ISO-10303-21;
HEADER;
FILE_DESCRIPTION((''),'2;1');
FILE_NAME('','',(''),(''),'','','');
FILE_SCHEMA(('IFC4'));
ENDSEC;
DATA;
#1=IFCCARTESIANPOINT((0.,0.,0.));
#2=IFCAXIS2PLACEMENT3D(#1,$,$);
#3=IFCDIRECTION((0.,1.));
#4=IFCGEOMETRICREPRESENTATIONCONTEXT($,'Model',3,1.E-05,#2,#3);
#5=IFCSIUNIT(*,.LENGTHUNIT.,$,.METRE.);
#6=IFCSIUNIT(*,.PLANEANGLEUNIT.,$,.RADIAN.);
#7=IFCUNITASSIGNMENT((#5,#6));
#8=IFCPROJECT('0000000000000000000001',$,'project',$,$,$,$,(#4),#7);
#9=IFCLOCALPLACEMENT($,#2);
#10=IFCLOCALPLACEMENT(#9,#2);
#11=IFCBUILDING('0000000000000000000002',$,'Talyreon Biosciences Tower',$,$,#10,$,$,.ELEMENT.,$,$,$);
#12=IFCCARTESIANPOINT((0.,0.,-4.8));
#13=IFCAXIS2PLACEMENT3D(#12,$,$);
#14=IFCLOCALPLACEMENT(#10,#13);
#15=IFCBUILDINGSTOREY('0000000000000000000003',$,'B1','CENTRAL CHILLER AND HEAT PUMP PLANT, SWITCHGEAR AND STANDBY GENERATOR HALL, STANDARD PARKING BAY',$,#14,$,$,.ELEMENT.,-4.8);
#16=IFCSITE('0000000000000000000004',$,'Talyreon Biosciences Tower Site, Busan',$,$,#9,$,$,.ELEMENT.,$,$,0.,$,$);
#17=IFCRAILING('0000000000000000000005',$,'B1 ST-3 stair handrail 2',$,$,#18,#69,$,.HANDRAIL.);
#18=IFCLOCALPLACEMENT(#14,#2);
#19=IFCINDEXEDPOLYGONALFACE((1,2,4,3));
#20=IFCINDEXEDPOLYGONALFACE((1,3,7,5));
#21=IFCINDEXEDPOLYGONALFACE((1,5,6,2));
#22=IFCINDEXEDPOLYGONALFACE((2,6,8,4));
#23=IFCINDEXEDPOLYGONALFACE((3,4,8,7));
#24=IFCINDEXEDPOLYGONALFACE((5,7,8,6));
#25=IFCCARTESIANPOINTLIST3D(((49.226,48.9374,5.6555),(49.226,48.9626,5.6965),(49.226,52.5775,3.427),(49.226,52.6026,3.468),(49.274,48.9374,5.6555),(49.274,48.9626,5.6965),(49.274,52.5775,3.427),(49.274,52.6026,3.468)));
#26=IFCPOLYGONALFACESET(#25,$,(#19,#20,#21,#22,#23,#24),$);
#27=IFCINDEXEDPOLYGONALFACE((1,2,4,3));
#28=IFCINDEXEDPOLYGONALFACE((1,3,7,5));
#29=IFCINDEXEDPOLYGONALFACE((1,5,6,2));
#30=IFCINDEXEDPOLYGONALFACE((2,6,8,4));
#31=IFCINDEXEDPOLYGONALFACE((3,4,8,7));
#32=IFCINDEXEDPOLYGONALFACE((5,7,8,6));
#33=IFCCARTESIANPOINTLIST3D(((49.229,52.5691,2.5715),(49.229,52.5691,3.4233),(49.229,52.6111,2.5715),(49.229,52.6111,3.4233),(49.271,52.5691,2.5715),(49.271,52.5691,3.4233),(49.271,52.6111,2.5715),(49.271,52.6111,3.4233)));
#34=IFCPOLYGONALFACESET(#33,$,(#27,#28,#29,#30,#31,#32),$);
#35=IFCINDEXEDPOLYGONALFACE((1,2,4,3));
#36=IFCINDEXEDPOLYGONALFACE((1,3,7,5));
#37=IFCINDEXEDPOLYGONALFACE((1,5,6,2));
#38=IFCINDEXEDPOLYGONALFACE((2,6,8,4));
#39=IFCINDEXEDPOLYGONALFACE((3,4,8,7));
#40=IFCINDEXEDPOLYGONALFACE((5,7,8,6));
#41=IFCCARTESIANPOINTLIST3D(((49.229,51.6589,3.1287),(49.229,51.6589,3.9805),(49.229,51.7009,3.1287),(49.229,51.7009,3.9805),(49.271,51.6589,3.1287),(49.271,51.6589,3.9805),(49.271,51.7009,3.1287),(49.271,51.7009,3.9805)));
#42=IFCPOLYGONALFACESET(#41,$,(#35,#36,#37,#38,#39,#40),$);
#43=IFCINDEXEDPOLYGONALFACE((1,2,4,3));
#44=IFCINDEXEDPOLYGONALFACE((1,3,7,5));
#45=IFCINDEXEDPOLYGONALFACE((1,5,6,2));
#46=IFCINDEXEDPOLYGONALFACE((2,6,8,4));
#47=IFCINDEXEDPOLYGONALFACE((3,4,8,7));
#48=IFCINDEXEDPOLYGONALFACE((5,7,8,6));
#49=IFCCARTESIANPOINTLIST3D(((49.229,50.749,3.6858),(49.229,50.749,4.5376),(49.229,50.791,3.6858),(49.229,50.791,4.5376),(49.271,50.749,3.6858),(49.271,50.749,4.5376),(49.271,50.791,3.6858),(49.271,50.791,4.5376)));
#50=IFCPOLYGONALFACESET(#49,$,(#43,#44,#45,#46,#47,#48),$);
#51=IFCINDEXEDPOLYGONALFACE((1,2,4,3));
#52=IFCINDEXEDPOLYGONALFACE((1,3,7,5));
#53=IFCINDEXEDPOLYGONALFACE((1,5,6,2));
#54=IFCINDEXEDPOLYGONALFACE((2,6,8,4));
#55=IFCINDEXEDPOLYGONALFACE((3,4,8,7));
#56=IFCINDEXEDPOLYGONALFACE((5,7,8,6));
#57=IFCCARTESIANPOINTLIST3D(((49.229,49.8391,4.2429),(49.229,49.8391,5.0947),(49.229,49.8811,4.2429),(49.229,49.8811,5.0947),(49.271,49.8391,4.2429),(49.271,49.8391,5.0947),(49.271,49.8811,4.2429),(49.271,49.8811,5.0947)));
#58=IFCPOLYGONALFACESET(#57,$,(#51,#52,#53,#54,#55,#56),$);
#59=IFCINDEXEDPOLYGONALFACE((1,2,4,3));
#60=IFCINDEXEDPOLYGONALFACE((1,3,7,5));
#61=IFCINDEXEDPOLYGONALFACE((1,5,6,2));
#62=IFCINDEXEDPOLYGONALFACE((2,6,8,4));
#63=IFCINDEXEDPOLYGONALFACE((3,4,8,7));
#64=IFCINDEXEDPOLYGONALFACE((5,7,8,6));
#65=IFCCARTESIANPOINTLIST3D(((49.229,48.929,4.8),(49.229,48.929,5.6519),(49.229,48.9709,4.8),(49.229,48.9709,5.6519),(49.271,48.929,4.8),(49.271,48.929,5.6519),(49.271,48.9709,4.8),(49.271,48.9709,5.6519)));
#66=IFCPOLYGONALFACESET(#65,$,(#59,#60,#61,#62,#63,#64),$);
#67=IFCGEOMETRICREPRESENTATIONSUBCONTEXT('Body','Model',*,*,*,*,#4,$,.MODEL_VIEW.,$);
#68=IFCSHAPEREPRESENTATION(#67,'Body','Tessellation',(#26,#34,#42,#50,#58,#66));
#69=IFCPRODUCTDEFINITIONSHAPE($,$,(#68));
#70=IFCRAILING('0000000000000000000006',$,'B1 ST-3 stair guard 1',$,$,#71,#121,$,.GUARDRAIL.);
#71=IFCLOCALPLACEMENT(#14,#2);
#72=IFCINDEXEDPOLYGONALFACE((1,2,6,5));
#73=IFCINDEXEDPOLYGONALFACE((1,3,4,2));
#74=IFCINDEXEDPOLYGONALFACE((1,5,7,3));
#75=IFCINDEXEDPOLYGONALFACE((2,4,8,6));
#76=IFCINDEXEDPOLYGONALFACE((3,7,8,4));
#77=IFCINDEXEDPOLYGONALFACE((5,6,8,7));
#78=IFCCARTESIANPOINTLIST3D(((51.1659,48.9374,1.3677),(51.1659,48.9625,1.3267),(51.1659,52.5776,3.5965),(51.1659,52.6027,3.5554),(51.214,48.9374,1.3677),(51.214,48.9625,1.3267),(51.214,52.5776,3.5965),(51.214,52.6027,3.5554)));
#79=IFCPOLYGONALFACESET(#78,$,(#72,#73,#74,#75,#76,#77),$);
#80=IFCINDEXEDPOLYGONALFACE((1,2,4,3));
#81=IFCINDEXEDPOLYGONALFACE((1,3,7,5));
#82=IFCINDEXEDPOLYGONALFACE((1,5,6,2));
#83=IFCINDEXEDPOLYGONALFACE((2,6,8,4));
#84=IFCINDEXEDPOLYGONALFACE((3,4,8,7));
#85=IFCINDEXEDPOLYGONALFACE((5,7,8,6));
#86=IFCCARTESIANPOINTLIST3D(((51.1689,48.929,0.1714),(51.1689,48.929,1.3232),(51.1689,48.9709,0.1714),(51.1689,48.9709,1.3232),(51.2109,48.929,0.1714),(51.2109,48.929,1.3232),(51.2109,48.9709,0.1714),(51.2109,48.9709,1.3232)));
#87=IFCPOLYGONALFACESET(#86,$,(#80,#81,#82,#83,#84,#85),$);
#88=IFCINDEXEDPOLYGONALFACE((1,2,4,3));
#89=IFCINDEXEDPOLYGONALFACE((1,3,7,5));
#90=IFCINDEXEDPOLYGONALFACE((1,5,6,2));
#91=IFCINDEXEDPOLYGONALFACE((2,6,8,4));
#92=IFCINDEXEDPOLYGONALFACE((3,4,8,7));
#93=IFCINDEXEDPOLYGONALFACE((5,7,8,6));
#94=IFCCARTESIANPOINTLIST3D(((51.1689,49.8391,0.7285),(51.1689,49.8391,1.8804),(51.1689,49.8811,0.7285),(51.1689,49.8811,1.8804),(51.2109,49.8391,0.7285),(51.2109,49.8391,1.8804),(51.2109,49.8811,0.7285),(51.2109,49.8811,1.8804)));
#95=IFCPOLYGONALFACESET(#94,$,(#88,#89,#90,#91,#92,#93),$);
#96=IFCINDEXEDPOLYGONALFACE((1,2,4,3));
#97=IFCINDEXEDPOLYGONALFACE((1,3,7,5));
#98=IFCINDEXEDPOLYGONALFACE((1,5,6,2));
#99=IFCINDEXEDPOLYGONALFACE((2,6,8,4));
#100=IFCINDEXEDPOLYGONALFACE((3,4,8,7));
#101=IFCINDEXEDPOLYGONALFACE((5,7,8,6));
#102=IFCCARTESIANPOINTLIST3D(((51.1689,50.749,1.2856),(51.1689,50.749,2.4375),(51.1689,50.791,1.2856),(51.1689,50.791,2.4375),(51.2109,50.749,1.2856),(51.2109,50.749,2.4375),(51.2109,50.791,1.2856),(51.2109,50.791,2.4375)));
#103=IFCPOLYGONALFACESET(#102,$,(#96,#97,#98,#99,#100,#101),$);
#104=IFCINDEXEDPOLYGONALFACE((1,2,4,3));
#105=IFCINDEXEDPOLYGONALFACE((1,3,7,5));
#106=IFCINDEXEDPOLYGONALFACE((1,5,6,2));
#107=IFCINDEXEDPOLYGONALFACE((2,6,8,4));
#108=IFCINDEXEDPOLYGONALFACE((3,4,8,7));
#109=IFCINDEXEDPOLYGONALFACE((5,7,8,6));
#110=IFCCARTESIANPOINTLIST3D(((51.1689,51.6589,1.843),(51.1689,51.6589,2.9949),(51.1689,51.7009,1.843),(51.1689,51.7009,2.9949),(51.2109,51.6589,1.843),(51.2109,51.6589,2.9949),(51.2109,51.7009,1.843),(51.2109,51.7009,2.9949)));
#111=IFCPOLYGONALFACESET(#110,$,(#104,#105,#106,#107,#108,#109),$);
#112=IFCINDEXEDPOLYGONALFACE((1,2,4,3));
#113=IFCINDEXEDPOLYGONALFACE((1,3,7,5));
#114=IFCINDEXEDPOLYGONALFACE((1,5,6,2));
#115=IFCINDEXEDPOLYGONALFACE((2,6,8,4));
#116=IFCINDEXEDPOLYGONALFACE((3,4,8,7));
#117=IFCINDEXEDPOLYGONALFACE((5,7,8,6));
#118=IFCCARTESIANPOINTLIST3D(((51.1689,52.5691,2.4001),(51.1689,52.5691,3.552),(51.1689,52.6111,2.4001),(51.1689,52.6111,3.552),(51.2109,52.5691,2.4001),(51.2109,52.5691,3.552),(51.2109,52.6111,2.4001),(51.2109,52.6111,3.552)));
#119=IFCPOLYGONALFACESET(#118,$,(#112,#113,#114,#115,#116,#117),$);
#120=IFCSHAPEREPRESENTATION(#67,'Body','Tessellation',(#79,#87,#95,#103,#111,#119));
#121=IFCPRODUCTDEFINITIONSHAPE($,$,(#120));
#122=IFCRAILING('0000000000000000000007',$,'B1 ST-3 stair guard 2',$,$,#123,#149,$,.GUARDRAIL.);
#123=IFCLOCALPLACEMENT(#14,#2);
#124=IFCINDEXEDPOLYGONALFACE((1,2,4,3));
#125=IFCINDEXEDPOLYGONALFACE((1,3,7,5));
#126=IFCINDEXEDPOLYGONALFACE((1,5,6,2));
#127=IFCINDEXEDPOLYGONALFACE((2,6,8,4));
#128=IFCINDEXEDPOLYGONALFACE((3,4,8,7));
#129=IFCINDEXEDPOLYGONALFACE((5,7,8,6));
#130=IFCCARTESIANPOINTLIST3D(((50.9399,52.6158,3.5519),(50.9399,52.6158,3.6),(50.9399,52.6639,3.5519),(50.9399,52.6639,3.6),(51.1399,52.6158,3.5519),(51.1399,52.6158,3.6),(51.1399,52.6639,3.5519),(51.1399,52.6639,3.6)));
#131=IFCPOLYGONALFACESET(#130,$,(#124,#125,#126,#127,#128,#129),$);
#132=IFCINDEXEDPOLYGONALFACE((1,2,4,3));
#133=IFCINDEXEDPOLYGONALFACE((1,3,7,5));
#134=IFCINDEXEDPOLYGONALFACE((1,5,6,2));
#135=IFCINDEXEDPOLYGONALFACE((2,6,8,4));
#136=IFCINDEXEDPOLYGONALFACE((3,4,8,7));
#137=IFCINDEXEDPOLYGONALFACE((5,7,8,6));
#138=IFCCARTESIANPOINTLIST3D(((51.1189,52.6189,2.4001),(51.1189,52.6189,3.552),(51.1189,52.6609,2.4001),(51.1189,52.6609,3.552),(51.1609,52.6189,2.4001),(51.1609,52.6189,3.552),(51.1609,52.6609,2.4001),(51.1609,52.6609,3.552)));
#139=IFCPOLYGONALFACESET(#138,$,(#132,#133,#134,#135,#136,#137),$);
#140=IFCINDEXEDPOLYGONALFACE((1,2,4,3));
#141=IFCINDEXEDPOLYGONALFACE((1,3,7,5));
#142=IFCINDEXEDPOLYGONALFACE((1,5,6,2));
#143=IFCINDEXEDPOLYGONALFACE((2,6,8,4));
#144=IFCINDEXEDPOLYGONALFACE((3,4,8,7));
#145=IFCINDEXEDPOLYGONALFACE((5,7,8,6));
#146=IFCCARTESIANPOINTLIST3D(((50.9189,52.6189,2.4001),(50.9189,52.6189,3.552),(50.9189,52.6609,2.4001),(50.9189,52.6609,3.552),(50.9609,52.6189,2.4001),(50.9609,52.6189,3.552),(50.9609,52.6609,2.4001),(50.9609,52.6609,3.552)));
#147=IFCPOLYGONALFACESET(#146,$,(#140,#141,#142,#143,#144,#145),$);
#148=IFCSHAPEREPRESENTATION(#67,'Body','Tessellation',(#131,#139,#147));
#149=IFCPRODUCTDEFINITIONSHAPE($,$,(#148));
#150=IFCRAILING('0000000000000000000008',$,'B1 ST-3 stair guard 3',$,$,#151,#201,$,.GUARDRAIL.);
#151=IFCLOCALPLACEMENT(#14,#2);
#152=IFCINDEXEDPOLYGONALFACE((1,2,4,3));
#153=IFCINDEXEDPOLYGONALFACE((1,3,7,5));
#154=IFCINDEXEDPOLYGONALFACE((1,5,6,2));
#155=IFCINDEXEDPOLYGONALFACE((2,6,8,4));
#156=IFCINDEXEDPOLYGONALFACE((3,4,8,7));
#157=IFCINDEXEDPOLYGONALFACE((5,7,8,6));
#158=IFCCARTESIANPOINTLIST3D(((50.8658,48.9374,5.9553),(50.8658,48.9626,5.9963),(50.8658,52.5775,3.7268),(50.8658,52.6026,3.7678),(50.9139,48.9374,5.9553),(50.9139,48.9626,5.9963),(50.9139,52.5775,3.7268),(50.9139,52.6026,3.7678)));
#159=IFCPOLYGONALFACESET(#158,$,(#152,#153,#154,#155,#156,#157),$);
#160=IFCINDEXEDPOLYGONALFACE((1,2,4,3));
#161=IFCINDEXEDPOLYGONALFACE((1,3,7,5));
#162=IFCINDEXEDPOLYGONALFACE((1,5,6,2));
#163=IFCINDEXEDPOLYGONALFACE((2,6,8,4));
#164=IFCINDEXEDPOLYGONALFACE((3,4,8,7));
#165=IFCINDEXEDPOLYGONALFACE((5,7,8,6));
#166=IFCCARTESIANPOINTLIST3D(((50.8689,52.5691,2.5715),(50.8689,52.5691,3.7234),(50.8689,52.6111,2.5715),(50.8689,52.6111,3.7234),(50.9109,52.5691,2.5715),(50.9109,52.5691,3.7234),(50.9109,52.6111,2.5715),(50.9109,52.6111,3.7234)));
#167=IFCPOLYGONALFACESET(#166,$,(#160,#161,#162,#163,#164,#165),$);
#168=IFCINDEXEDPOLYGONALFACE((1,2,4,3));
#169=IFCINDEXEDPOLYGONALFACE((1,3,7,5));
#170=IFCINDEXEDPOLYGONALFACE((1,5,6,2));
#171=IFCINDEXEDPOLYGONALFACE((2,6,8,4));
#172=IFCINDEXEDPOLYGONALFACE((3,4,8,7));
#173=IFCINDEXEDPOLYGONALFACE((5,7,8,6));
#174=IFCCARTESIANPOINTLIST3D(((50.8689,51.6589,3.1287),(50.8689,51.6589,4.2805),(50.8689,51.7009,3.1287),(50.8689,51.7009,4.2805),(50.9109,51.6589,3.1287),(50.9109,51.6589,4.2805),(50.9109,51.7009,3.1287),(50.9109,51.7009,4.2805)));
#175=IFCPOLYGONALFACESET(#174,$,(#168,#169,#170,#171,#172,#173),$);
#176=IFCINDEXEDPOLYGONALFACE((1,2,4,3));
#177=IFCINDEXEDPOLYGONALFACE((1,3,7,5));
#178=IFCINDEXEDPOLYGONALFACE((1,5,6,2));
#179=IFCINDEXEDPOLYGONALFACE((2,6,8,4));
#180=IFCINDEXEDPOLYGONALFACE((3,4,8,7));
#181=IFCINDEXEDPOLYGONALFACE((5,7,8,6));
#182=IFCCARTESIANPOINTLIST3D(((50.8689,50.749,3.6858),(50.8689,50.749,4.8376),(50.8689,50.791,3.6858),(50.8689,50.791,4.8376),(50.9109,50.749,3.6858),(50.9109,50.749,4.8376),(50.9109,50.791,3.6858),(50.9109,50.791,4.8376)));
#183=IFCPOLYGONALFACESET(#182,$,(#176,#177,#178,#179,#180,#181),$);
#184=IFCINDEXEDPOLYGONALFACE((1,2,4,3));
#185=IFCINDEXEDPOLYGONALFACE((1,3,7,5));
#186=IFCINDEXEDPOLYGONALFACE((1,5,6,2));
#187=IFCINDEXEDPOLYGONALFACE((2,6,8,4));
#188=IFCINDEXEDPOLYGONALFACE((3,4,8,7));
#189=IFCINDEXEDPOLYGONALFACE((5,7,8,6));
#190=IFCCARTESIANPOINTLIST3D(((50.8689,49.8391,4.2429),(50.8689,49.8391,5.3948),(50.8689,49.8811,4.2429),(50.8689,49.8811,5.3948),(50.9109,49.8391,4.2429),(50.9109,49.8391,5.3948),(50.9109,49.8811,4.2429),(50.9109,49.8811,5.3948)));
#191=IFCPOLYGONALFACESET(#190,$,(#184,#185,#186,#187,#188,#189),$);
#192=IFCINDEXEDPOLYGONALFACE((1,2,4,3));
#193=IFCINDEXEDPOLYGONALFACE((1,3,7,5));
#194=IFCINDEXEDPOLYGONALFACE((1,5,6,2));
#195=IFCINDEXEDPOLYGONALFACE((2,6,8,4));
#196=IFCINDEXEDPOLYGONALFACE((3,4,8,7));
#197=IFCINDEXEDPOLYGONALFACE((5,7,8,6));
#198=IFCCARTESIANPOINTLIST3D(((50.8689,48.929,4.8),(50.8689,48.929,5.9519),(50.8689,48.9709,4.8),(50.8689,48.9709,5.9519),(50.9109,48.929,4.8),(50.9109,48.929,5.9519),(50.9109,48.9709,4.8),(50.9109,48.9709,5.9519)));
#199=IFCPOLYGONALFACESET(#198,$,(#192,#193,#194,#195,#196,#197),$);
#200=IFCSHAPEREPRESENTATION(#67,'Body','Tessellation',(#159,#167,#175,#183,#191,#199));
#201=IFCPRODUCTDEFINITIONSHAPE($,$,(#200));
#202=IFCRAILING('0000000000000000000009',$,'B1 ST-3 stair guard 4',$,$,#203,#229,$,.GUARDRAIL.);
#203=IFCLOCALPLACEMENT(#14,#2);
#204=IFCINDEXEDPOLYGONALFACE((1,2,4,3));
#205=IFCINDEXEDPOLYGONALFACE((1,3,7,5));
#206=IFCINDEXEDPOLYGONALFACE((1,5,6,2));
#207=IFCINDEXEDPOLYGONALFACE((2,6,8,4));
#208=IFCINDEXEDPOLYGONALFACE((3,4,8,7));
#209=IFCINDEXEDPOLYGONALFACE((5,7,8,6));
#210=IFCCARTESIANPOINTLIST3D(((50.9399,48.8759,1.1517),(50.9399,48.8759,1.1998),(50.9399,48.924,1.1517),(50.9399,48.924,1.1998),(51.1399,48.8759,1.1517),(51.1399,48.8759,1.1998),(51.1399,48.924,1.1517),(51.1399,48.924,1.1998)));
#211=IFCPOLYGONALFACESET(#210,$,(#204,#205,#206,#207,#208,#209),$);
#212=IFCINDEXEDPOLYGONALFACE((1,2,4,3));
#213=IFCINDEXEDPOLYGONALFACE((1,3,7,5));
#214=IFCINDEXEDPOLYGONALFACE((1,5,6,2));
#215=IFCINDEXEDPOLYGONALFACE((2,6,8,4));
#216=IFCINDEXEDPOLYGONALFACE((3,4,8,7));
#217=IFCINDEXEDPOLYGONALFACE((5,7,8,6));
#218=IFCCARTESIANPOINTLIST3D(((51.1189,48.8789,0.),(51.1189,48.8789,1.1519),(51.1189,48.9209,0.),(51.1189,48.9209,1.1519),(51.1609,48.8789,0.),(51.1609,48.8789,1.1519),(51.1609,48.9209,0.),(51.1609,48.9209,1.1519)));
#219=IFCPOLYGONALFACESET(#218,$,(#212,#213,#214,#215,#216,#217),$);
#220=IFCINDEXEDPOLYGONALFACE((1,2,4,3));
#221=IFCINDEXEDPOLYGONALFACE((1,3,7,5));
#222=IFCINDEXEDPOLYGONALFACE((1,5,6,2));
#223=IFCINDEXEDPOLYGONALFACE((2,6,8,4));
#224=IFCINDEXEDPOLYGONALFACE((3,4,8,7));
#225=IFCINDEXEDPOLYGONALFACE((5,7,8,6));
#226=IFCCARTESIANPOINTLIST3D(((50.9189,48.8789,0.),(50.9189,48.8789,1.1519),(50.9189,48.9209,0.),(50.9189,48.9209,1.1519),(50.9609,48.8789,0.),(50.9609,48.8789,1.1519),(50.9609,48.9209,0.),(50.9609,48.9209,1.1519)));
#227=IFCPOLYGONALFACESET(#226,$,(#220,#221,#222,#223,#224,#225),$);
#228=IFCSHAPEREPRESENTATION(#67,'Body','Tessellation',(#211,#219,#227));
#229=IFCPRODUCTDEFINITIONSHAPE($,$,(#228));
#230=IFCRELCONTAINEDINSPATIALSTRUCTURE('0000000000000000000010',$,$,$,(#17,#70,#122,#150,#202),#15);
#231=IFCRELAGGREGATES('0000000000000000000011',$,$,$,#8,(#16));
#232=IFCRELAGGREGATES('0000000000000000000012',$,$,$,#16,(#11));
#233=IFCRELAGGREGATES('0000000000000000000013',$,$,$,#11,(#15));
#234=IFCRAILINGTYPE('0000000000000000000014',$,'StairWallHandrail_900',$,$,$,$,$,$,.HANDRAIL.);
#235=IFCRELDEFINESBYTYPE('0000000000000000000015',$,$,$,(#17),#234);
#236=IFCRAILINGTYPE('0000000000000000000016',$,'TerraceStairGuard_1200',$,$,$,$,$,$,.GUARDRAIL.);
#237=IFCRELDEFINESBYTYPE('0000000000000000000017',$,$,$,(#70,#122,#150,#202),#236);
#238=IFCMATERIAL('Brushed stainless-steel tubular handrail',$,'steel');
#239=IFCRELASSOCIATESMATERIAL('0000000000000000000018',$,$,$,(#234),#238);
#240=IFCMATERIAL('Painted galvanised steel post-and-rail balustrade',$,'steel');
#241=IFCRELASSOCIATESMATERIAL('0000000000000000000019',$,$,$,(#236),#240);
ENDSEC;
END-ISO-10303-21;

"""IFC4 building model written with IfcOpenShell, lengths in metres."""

from ifc_helpers import new_model, si_unit, direction, frame, origin, origin_2d, place, context, subcontext, project, spatial, rectangle, extrude, material, type_object, element, save


model = new_model("IFC4")

# Units and contexts
model_context = context("Model", 3, precision=1e-05, world=origin(), true_north=direction((0.0, 1.0)))
body_context = subcontext(model_context, "Body", "Model", "MODEL_VIEW")
ifc_project = project(units=[si_unit("LENGTHUNIT", "METRE"), si_unit("PLANEANGLEUNIT", "RADIAN")], contexts=[model_context])

# Site, building, storey
site_placement = place(None, origin())
site = spatial("IfcSite", under=ifc_project, at=site_placement, Name="Talyreon Biosciences Tower Site, Busan", CompositionType="ELEMENT", RefElevation=0.0)
building_placement = place(site_placement, origin())
building = spatial("IfcBuilding", under=site, at=building_placement, Name="Talyreon Biosciences Tower", CompositionType="ELEMENT")
storey_placement = place(building_placement, frame((0.0, 0.0, -4.8)))
storey = spatial("IfcBuildingStorey", under=building, at=storey_placement, Name="B1", Description="CENTRAL CHILLER AND HEAT PUMP PLANT, SWITCHGEAR AND STANDBY GENERATOR HALL, STANDARD PARKING BAY", CompositionType="ELEMENT", Elevation=-4.8)

# Railings
ifc_material_1 = material(Name="Brushed stainless-steel tubular handrail", Category="steel")
railing_type_1 = type_object("IfcRailingType", Name="StairWallHandrail_900", PredefinedType="HANDRAIL", material=ifc_material_1)
railing_1_placement = place(storey_placement, frame((49.25, 52.5901, 2.5715)))
element("IfcRailing", 1, at=railing_1_placement, inside=storey, type_object=railing_type_1, Name="B1 ST-3 stair handrail 2", PredefinedType="HANDRAIL", context=body_context, shape_type="SweptSolid", body=[
    extrude(rectangle(XDim=0.0481, YDim=0.0481, at=origin_2d()), frame((0.0, 0.0, 0.876), z_axis=(0.0, -0.852866, 0.52213), x_axis=(1.0, 0.0, 0.0)), (0.0, 0.0, 1.0), 4.2681),
    extrude(rectangle(XDim=0.042, YDim=0.042, at=origin_2d()), origin(), (0.0, 0.0, 1.0), 0.8518),
    extrude(rectangle(XDim=0.042, YDim=0.042, at=origin_2d()), frame((0.0, -0.9102, 0.5571)), (0.0, 0.0, 1.0), 0.8518),
    extrude(rectangle(XDim=0.042, YDim=0.042, at=origin_2d()), frame((0.0, -1.8201, 1.1143)), (0.0, 0.0, 1.0), 0.8518),
    extrude(rectangle(XDim=0.042, YDim=0.042, at=origin_2d()), frame((0.0, -2.73, 1.6714)), (0.0, 0.0, 1.0), 0.8518),
    extrude(rectangle(XDim=0.042, YDim=0.042, at=origin_2d()), frame((0.0, -3.6401, 2.2285)), (0.0, 0.0, 1.0), 0.8518),
])
ifc_material_2 = material(Name="Painted galvanised steel post-and-rail balustrade", Category="steel")
railing_type_2 = type_object("IfcRailingType", Name="TerraceStairGuard_1200", PredefinedType="GUARDRAIL", material=ifc_material_2)
railing_2_placement = place(storey_placement, frame((51.1899, 48.95, 0.1714)))
element("IfcRailing", 2, at=railing_2_placement, inside=storey, type_object=railing_type_2, Name="B1 ST-3 stair guard 1", PredefinedType="GUARDRAIL", context=body_context, shape_type="SweptSolid", body=[
    extrude(rectangle(XDim=0.0481, YDim=0.0481, at=origin_2d()), frame((0.0, 0.0, 1.1758), z_axis=(0.0, 0.85284, 0.522172), x_axis=(-1.0, 0.0, 0.0)), (0.0, 0.0, 1.0), 4.2683),
    extrude(rectangle(XDim=0.042, YDim=0.042, at=origin_2d()), origin(), (0.0, 0.0, 1.0), 1.1519),
    extrude(rectangle(XDim=0.042, YDim=0.042, at=origin_2d()), frame((0.0, 0.9102, 0.5571)), (0.0, 0.0, 1.0), 1.1519),
    extrude(rectangle(XDim=0.042, YDim=0.042, at=origin_2d()), frame((0.0, 1.8201, 1.1143)), (0.0, 0.0, 1.0), 1.1519),
    extrude(rectangle(XDim=0.042, YDim=0.042, at=origin_2d()), frame((0.0, 2.73, 1.6716)), (0.0, 0.0, 1.0), 1.1519),
    extrude(rectangle(XDim=0.042, YDim=0.042, at=origin_2d()), frame((0.0, 3.6401, 2.2288)), (0.0, 0.0, 1.0), 1.1519),
])
railing_3_placement = place(storey_placement, frame((51.1399, 52.6399, 2.4001)))
element("IfcRailing", 3, at=railing_3_placement, inside=storey, type_object=railing_type_2, Name="B1 ST-3 stair guard 2", PredefinedType="GUARDRAIL", context=body_context, shape_type="SweptSolid", body=[
    extrude(rectangle(XDim=0.0481, YDim=0.0481, at=origin_2d()), frame((0.0, 0.0, 1.1758), z_axis=(-1.0, 0.0, 0.0), x_axis=(0.0, -1.0, 0.0)), (0.0, 0.0, 1.0), 0.2),
    extrude(rectangle(XDim=0.042, YDim=0.042, at=origin_2d()), origin(), (0.0, 0.0, 1.0), 1.1519),
    extrude(rectangle(XDim=0.042, YDim=0.042, at=origin_2d()), frame((-0.2, 0.0, 0.0)), (0.0, 0.0, 1.0), 1.1519),
])
railing_4_placement = place(storey_placement, frame((50.8899, 52.5901, 2.5715)))
element("IfcRailing", 4, at=railing_4_placement, inside=storey, type_object=railing_type_2, Name="B1 ST-3 stair guard 3", PredefinedType="GUARDRAIL", context=body_context, shape_type="SweptSolid", body=[
    extrude(rectangle(XDim=0.0481, YDim=0.0481, at=origin_2d()), frame((0.0, 0.0, 1.1758), z_axis=(0.0, -0.852866, 0.52213), x_axis=(1.0, 0.0, 0.0)), (0.0, 0.0, 1.0), 4.2681),
    extrude(rectangle(XDim=0.042, YDim=0.042, at=origin_2d()), origin(), (0.0, 0.0, 1.0), 1.1519),
    extrude(rectangle(XDim=0.042, YDim=0.042, at=origin_2d()), frame((0.0, -0.9102, 0.5571)), (0.0, 0.0, 1.0), 1.1519),
    extrude(rectangle(XDim=0.042, YDim=0.042, at=origin_2d()), frame((0.0, -1.8201, 1.1143)), (0.0, 0.0, 1.0), 1.1519),
    extrude(rectangle(XDim=0.042, YDim=0.042, at=origin_2d()), frame((0.0, -2.73, 1.6714)), (0.0, 0.0, 1.0), 1.1519),
    extrude(rectangle(XDim=0.042, YDim=0.042, at=origin_2d()), frame((0.0, -3.6401, 2.2285)), (0.0, 0.0, 1.0), 1.1519),
])
railing_5_placement = place(storey_placement, frame((51.1399, 48.8999, 0.0)))
element("IfcRailing", 5, at=railing_5_placement, inside=storey, type_object=railing_type_2, Name="B1 ST-3 stair guard 4", PredefinedType="GUARDRAIL", context=body_context, shape_type="SweptSolid", body=[
    extrude(rectangle(XDim=0.0481, YDim=0.0481, at=origin_2d()), frame((0.0, 0.0, 1.1758), z_axis=(-1.0, 0.0, 0.0), x_axis=(0.0, -1.0, 0.0)), (0.0, 0.0, 1.0), 0.2),
    extrude(rectangle(XDim=0.042, YDim=0.042, at=origin_2d()), origin(), (0.0, 0.0, 1.0), 1.1519),
    extrude(rectangle(XDim=0.042, YDim=0.042, at=origin_2d()), frame((-0.2, 0.0, 0.0)), (0.0, 0.0, 1.0), 1.1519),
])

save(model, "model.ifc")
